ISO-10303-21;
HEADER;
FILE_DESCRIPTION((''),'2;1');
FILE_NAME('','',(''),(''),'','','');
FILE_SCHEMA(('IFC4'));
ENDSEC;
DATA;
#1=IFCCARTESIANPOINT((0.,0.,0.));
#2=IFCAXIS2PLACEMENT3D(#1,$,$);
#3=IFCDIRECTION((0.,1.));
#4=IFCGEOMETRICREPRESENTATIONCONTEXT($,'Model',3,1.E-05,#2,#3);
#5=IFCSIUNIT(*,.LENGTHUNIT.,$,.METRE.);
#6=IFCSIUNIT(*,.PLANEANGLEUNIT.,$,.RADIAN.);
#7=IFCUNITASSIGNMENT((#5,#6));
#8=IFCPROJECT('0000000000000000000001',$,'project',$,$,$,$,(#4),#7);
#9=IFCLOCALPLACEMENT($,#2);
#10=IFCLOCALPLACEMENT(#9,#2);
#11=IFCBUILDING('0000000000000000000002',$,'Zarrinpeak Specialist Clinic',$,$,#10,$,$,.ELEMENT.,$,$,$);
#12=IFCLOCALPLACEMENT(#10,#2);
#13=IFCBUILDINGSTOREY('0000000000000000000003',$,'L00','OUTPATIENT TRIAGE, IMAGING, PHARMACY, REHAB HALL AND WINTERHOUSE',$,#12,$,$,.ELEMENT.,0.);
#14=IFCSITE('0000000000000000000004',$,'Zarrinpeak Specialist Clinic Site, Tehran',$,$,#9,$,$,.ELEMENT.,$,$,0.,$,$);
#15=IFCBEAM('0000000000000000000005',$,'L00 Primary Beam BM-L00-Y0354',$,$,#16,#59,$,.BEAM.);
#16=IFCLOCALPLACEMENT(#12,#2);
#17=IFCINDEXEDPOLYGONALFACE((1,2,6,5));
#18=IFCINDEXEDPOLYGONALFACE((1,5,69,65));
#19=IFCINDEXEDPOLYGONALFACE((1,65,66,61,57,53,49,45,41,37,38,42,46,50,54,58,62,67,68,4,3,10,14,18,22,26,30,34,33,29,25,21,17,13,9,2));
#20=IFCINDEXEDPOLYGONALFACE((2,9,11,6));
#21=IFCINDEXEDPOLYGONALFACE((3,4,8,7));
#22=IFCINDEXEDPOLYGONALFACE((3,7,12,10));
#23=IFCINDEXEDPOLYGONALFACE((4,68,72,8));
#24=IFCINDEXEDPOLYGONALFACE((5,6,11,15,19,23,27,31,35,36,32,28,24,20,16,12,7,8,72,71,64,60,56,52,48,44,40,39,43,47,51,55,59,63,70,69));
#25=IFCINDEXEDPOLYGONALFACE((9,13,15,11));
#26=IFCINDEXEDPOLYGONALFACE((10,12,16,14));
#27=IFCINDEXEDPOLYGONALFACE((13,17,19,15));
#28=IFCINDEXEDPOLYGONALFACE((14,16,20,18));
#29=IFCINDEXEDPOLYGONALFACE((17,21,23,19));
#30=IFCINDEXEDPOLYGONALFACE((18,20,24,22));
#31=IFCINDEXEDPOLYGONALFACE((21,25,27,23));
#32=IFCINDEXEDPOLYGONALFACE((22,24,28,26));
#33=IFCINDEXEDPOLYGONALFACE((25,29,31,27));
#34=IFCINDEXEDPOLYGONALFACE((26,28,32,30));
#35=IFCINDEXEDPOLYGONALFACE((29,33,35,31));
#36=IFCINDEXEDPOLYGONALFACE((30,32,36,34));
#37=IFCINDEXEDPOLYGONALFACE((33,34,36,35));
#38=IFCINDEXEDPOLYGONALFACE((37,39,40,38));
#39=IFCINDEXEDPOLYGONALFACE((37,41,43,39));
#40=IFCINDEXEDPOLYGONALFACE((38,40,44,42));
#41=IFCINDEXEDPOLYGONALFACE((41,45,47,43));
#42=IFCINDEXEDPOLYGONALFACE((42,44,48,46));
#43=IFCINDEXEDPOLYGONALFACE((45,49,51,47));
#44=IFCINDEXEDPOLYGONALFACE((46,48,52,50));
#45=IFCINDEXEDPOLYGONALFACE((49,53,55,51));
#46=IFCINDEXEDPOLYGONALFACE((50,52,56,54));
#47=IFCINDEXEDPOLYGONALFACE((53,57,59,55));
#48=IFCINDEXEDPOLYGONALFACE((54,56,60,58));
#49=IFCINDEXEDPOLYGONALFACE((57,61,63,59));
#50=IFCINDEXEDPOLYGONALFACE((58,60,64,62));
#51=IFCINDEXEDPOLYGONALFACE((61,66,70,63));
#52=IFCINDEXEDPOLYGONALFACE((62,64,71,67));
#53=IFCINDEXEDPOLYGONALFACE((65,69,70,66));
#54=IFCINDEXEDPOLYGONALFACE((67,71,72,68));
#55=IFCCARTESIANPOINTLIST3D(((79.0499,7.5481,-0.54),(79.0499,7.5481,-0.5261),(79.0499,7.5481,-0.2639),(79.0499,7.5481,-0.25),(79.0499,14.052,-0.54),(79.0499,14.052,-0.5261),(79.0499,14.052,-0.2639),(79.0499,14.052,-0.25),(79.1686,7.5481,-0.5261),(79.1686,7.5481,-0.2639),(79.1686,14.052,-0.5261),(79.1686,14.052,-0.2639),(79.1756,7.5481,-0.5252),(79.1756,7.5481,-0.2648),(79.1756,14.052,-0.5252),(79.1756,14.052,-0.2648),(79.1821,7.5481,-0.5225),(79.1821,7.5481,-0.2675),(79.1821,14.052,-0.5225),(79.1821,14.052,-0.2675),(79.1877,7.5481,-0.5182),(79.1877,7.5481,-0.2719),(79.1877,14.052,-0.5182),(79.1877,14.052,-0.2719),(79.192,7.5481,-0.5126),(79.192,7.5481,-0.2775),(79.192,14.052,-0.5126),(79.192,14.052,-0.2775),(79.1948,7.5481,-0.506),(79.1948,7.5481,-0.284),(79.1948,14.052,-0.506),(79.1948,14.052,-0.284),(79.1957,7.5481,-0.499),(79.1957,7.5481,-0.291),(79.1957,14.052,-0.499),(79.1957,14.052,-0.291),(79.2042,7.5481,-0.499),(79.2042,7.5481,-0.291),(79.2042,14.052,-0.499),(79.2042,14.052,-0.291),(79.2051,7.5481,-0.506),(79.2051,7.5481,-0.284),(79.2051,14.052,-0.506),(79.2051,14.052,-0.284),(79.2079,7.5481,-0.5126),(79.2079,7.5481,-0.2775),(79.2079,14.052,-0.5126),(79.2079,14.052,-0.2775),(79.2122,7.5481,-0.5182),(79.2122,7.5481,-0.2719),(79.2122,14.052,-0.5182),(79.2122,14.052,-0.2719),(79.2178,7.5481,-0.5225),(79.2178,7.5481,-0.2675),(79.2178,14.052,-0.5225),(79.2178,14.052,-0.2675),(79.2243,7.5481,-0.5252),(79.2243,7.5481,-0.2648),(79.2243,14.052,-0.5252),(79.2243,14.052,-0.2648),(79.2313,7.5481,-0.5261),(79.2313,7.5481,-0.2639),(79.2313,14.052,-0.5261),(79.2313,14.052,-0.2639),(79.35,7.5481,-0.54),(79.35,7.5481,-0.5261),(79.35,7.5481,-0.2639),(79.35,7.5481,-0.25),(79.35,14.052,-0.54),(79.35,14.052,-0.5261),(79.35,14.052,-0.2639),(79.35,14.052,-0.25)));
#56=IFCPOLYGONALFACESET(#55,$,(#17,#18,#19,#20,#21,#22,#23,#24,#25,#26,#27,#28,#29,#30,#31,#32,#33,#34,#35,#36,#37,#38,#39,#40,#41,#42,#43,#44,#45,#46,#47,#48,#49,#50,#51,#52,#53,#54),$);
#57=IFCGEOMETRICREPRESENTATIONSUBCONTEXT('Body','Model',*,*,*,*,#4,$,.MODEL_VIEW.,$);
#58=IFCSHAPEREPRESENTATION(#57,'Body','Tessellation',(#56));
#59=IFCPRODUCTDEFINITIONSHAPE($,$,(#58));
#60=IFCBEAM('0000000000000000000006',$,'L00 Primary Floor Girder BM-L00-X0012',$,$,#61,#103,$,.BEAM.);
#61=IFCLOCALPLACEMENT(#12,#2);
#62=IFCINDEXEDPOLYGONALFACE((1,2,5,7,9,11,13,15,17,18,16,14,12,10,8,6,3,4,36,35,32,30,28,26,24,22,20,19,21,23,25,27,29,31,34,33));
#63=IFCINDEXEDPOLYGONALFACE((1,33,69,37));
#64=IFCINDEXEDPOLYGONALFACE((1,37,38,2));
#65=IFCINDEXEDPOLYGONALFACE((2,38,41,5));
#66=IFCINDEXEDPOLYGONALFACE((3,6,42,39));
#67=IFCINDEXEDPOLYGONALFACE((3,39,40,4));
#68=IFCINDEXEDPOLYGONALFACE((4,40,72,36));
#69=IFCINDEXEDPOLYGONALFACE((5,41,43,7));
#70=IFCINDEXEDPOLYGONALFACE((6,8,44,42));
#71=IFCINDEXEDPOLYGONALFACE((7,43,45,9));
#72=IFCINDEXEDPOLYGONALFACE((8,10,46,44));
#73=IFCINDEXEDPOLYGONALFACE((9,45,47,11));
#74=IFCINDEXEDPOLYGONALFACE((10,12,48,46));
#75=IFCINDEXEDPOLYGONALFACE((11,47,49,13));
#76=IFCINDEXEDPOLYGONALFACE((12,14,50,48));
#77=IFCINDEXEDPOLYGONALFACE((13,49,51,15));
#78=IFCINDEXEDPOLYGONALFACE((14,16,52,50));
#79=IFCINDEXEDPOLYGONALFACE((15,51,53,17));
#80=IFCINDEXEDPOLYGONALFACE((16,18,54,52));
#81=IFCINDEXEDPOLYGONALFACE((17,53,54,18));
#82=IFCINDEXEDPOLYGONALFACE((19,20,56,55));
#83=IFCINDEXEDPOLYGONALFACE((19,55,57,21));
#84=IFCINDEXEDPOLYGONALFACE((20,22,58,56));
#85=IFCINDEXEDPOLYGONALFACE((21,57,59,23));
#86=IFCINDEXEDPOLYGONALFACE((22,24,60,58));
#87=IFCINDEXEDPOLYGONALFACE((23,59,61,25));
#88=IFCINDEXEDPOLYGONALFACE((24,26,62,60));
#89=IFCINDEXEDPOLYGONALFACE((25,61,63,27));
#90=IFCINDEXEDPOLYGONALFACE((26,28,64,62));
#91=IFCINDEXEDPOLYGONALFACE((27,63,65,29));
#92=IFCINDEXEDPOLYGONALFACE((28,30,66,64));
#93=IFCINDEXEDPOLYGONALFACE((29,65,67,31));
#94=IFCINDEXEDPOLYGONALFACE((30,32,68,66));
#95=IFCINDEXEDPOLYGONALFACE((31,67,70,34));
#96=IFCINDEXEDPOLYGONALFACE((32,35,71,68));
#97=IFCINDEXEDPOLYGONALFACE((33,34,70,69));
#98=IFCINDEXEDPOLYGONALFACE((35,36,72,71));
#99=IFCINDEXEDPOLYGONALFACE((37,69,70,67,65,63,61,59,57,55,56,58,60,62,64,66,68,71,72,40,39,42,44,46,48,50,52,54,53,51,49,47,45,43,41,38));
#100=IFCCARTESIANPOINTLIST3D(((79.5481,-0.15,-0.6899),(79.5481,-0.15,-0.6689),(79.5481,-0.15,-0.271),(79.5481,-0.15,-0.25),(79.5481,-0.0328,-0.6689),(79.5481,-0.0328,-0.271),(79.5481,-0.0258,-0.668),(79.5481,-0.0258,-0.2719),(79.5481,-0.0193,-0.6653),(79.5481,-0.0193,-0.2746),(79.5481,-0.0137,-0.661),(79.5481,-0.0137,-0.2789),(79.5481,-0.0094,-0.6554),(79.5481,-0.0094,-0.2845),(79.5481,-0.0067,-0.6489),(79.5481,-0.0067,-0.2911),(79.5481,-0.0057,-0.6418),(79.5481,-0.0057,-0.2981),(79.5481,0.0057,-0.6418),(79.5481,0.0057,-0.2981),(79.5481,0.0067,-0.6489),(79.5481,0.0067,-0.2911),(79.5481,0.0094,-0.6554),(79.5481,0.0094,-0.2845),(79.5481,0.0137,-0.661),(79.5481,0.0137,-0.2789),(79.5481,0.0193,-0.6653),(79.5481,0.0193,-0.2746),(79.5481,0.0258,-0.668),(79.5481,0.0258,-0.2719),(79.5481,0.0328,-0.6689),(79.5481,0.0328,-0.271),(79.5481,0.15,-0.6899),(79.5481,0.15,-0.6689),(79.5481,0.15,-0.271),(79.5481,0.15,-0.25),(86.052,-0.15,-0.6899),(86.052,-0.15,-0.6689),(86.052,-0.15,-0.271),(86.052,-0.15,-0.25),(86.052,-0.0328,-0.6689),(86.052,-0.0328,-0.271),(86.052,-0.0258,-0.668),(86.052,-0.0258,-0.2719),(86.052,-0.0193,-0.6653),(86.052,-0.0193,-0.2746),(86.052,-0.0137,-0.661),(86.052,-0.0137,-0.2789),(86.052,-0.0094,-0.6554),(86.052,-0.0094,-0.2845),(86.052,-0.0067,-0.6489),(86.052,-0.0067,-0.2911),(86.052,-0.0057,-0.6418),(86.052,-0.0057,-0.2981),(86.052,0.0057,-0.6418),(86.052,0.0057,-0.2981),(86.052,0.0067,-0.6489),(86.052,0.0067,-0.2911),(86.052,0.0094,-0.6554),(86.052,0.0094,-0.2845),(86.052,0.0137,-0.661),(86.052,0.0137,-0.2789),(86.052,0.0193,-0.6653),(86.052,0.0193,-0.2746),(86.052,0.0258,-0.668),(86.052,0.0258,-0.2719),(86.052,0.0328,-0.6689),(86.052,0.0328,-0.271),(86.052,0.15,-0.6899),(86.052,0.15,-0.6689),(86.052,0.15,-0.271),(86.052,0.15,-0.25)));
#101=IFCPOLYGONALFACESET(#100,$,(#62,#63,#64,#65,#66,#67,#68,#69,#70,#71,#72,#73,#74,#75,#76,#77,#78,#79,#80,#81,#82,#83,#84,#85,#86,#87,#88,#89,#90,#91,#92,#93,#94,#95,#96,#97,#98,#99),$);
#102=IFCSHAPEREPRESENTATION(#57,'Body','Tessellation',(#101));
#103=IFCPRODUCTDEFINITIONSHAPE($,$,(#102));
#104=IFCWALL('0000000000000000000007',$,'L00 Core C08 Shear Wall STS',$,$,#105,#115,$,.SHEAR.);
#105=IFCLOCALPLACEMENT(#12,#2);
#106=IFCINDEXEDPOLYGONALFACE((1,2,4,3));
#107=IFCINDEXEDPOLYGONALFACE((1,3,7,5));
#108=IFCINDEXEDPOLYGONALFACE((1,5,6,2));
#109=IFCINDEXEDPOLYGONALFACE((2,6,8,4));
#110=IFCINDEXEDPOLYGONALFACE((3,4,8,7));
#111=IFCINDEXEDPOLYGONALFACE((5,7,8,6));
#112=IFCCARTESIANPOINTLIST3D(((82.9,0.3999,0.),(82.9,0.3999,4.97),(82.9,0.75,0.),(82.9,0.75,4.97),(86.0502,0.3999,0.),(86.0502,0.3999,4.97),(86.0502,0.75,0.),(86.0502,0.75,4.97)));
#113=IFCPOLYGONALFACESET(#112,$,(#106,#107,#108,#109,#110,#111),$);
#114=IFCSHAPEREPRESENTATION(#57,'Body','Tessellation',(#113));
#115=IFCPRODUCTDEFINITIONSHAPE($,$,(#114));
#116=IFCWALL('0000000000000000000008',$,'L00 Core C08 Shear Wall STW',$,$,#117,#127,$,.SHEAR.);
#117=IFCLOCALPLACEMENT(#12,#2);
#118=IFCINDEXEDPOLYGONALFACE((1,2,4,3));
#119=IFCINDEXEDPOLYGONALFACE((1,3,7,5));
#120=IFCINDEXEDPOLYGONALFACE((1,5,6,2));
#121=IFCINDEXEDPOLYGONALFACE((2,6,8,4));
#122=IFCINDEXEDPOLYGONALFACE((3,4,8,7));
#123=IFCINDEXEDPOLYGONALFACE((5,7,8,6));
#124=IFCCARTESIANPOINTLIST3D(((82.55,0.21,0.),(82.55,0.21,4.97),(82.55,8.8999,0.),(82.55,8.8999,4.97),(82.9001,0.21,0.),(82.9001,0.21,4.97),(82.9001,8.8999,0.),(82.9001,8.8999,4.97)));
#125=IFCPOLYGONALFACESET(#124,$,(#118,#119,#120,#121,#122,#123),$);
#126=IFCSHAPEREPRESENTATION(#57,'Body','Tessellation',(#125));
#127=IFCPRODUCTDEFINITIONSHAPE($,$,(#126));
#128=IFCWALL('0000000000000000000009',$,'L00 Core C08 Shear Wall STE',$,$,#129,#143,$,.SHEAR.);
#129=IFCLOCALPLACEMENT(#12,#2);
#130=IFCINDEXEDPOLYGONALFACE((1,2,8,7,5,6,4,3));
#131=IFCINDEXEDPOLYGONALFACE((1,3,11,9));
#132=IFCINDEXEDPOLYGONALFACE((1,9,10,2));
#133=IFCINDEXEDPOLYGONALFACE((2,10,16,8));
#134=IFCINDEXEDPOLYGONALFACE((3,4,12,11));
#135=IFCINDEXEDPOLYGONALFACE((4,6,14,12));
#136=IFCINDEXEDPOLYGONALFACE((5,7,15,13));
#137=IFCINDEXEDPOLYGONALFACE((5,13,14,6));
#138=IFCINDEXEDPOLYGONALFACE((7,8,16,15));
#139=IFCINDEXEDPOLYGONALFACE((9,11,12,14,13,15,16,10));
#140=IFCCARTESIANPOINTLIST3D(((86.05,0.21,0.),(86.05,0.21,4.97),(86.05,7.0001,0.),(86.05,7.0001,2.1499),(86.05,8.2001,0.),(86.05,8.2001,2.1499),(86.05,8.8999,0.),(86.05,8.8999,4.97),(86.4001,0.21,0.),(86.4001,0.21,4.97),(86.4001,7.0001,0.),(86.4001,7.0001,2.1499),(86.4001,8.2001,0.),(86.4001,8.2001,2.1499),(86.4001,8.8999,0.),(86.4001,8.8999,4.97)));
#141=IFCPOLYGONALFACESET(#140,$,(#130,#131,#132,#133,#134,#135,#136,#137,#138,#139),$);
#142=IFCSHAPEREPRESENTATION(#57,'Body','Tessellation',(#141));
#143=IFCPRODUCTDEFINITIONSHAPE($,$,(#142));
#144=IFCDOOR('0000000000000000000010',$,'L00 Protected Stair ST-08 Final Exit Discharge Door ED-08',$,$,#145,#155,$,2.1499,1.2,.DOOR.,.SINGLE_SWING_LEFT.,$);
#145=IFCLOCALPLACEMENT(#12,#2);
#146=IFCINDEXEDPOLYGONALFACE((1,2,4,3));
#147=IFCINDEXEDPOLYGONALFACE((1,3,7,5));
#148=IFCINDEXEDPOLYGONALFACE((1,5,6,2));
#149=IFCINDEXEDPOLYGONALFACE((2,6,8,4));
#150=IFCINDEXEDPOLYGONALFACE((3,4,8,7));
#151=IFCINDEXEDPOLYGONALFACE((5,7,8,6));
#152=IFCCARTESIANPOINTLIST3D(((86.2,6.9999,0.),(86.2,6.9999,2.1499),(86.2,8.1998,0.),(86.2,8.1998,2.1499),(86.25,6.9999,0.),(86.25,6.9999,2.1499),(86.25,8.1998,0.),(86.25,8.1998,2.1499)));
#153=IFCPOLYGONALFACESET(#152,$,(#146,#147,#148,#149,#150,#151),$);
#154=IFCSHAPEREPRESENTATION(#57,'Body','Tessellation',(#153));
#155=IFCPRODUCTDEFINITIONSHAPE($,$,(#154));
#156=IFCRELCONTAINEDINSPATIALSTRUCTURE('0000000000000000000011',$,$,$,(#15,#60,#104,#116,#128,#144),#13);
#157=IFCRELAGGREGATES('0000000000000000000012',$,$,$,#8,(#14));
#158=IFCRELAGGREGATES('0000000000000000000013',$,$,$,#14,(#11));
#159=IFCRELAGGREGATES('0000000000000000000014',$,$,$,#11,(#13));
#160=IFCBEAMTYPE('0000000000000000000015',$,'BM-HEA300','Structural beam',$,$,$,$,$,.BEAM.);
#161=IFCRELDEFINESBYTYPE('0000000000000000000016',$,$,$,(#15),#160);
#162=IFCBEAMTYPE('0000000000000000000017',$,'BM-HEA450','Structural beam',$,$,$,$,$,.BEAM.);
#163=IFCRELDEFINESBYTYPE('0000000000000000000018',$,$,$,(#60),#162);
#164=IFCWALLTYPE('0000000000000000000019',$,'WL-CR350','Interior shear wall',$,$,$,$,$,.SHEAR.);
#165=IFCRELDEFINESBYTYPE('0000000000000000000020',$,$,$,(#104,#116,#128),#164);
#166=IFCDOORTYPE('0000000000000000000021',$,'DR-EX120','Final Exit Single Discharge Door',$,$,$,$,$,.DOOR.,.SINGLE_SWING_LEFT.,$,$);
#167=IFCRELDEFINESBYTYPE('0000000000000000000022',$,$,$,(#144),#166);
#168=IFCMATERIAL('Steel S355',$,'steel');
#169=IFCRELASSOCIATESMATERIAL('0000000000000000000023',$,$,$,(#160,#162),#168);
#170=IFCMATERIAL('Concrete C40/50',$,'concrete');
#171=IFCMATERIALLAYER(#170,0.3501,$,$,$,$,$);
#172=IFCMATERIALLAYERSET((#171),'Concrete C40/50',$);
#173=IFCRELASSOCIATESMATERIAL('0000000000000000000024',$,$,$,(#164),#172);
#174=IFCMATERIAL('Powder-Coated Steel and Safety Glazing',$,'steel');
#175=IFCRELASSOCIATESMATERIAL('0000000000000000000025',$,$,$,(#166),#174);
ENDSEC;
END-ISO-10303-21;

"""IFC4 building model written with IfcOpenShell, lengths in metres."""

from ifc_helpers import new_model, si_unit, direction, frame, frame_2d, origin, origin_2d, place, context, subcontext, project, spatial, rectangle, i_section, extrude, material, layer, layer_set, material_profile, profile_set, type_object, element, fill, save


model = new_model("IFC4")

# Units and contexts
model_context = context("Model", 3, precision=1e-05, world=origin(), true_north=direction((0.0, 1.0)))
body_context = subcontext(model_context, "Body", "Model", "MODEL_VIEW")
ifc_project = project(units=[si_unit("LENGTHUNIT", "METRE"), si_unit("PLANEANGLEUNIT", "RADIAN")], contexts=[model_context])

# Site, building, storey
site_placement = place(None, origin())
site = spatial("IfcSite", under=ifc_project, at=site_placement, Name="Zarrinpeak Specialist Clinic Site, Tehran", CompositionType="ELEMENT", RefElevation=0.0)
building_placement = place(site_placement, origin())
building = spatial("IfcBuilding", under=site, at=building_placement, Name="Zarrinpeak Specialist Clinic", CompositionType="ELEMENT")
storey_placement = place(building_placement, origin())
storey = spatial("IfcBuildingStorey", under=building, at=storey_placement, Name="L00", Description="OUTPATIENT TRIAGE, IMAGING, PHARMACY, REHAB HALL AND WINTERHOUSE", CompositionType="ELEMENT", Elevation=0.0)

# Shared definitions
ifc_material_1 = material(Name="Steel S355", Category="steel")

# Beams
ifc_material_profile_1 = material_profile(ifc_material_1, i_section(OverallWidth=0.3, OverallDepth=0.29, WebThickness=0.0085, FlangeThickness=0.0139, FilletRadius=0.0271, at=origin_2d()), Name="HEA 300")
ifc_profile_set_1 = profile_set([ifc_material_profile_1], Name="Steel S355")
beam_type_1 = type_object("IfcBeamType", Name="BM-HEA300", Description="Structural beam", PredefinedType="BEAM", material=ifc_profile_set_1)
beam_1_placement = place(storey_placement, frame((79.2, 7.5481, -0.395), z_axis=(0.0, 1.0, 0.0), x_axis=(-1.0, 0.0, 0.0)))
element("IfcBeam", 1, at=beam_1_placement, inside=storey, type_object=beam_type_1, Name="L00 Primary Beam BM-L00-Y0354", PredefinedType="BEAM", context=body_context, shape_type="SweptSolid", body=[
    extrude(i_section(OverallWidth=0.3, OverallDepth=0.29, WebThickness=0.0085, FlangeThickness=0.0139, FilletRadius=0.0271, at=origin_2d()), origin(), (0.0, 0.0, 1.0), 6.5039),
])
ifc_material_profile_2 = material_profile(ifc_material_1, i_section(OverallWidth=0.3, OverallDepth=0.4399, WebThickness=0.0115, FlangeThickness=0.021, FilletRadius=0.0271, at=origin_2d()), Name="HEA 450")
ifc_profile_set_2 = profile_set([ifc_material_profile_2], Name="Steel S355")
beam_type_2 = type_object("IfcBeamType", Name="BM-HEA450", Description="Structural beam", PredefinedType="BEAM", material=ifc_profile_set_2)
beam_2_placement = place(storey_placement, frame((79.5481, 0.0, -0.47), z_axis=(1.0, 0.0, 0.0), x_axis=(0.0, 1.0, 0.0)))
element("IfcBeam", 2, at=beam_2_placement, inside=storey, type_object=beam_type_2, Name="L00 Primary Floor Girder BM-L00-X0012", PredefinedType="BEAM", context=body_context, shape_type="SweptSolid", body=[
    extrude(i_section(OverallWidth=0.3, OverallDepth=0.4399, WebThickness=0.0115, FlangeThickness=0.021, FilletRadius=0.0271, at=origin_2d()), origin(), (0.0, 0.0, 1.0), 6.5039),
])

# Wall
ifc_material_2 = material(Name="Concrete C40/50", Category="concrete")
ifc_layer_1 = layer(ifc_material_2, 0.3501)
ifc_layer_set_1 = layer_set([ifc_layer_1], Name="Concrete C40/50")
wall_type_1 = type_object("IfcWallType", Name="WL-CR350", Description="Interior shear wall", PredefinedType="SHEAR", material=ifc_layer_set_1)
wall_1_placement = place(storey_placement, frame((82.8999, 0.575, 0.0), z_axis=(0.0, 0.0, 1.0), x_axis=(1.0, 0.0, 0.0)))
element("IfcWall", 3, at=wall_1_placement, inside=storey, type_object=wall_type_1, Name="L00 Core C08 Shear Wall STS", PredefinedType="SHEAR", context=body_context, shape_type="SweptSolid", body=[
    extrude(rectangle(XDim=3.1501, YDim=0.3501, at=frame_2d((1.5752, 0.0))), origin(), (0.0, 0.0, 1.0), 4.97),
])

# Wall
wall_2_placement = place(storey_placement, frame((82.7251, 0.21, 0.0), z_axis=(0.0, 0.0, 1.0), x_axis=(0.0, 1.0, 0.0)))
element("IfcWall", 4, at=wall_2_placement, inside=storey, type_object=wall_type_1, Name="L00 Core C08 Shear Wall STW", PredefinedType="SHEAR", context=body_context, shape_type="SweptSolid", body=[
    extrude(rectangle(XDim=8.6899, YDim=0.3501, at=frame_2d((4.345, 0.0))), origin(), (0.0, 0.0, 1.0), 4.97),
])

# Wall, opening, door
wall_3_placement = place(storey_placement, frame((86.2251, 0.21, 0.0), z_axis=(0.0, 0.0, 1.0), x_axis=(0.0, 1.0, 0.0)))
wall_3 = element("IfcWall", 5, at=wall_3_placement, inside=storey, type_object=wall_type_1, Name="L00 Core C08 Shear Wall STE", PredefinedType="SHEAR", context=body_context, shape_type="SweptSolid", body=[
    extrude(rectangle(XDim=8.6899, YDim=0.3501, at=frame_2d((4.345, 0.0))), origin(), (0.0, 0.0, 1.0), 4.97),
])
opening_1_placement = place(wall_3_placement, frame((6.79, 0.0, 0.0)))
opening_1 = element("IfcOpeningElement", 6, at=opening_1_placement, cuts=wall_3, PredefinedType="OPENING", context=body_context, shape_type="SweptSolid", body=[
    extrude(rectangle(XDim=1.2, YDim=2.1499, at=frame_2d((0.6001, 1.075))), frame((0.0, 0.1851, 0.0), z_axis=(0.0, -1.0, 0.0), x_axis=(1.0, 0.0, 0.0)), (0.0, 0.0, 1.0), 0.3701),
])
ifc_material_3 = material(Name="Powder-Coated Steel and Safety Glazing", Category="steel")
door_type_1 = type_object("IfcDoorType", Name="DR-EX120", Description="Final Exit Single Discharge Door", OperationType="SINGLE_SWING_LEFT", PredefinedType="DOOR", material=ifc_material_3)
door_1_placement = place(opening_1_placement, frame((1.2, 0.0, 0.0), z_axis=(0.0, 0.0, 1.0), x_axis=(-1.0, 0.0, 0.0)))
door_1 = element("IfcDoor", 7, at=door_1_placement, inside=storey, type_object=door_type_1, Name="L00 Protected Stair ST-08 Final Exit Discharge Door ED-08", OperationType="SINGLE_SWING_LEFT", OverallHeight=2.1499, OverallWidth=1.2, PredefinedType="DOOR", context=body_context, shape_type="SweptSolid", body=[
    extrude(rectangle(XDim=1.2, YDim=2.1499, at=frame_2d((0.6001, 1.075))), frame((0.0, 0.0249, 0.0), z_axis=(0.0, -1.0, 0.0), x_axis=(1.0, 0.0, 0.0)), (0.0, 0.0, 1.0), 0.05),
])
fill(opening_1, door_1)

save(model, "model.ifc")
